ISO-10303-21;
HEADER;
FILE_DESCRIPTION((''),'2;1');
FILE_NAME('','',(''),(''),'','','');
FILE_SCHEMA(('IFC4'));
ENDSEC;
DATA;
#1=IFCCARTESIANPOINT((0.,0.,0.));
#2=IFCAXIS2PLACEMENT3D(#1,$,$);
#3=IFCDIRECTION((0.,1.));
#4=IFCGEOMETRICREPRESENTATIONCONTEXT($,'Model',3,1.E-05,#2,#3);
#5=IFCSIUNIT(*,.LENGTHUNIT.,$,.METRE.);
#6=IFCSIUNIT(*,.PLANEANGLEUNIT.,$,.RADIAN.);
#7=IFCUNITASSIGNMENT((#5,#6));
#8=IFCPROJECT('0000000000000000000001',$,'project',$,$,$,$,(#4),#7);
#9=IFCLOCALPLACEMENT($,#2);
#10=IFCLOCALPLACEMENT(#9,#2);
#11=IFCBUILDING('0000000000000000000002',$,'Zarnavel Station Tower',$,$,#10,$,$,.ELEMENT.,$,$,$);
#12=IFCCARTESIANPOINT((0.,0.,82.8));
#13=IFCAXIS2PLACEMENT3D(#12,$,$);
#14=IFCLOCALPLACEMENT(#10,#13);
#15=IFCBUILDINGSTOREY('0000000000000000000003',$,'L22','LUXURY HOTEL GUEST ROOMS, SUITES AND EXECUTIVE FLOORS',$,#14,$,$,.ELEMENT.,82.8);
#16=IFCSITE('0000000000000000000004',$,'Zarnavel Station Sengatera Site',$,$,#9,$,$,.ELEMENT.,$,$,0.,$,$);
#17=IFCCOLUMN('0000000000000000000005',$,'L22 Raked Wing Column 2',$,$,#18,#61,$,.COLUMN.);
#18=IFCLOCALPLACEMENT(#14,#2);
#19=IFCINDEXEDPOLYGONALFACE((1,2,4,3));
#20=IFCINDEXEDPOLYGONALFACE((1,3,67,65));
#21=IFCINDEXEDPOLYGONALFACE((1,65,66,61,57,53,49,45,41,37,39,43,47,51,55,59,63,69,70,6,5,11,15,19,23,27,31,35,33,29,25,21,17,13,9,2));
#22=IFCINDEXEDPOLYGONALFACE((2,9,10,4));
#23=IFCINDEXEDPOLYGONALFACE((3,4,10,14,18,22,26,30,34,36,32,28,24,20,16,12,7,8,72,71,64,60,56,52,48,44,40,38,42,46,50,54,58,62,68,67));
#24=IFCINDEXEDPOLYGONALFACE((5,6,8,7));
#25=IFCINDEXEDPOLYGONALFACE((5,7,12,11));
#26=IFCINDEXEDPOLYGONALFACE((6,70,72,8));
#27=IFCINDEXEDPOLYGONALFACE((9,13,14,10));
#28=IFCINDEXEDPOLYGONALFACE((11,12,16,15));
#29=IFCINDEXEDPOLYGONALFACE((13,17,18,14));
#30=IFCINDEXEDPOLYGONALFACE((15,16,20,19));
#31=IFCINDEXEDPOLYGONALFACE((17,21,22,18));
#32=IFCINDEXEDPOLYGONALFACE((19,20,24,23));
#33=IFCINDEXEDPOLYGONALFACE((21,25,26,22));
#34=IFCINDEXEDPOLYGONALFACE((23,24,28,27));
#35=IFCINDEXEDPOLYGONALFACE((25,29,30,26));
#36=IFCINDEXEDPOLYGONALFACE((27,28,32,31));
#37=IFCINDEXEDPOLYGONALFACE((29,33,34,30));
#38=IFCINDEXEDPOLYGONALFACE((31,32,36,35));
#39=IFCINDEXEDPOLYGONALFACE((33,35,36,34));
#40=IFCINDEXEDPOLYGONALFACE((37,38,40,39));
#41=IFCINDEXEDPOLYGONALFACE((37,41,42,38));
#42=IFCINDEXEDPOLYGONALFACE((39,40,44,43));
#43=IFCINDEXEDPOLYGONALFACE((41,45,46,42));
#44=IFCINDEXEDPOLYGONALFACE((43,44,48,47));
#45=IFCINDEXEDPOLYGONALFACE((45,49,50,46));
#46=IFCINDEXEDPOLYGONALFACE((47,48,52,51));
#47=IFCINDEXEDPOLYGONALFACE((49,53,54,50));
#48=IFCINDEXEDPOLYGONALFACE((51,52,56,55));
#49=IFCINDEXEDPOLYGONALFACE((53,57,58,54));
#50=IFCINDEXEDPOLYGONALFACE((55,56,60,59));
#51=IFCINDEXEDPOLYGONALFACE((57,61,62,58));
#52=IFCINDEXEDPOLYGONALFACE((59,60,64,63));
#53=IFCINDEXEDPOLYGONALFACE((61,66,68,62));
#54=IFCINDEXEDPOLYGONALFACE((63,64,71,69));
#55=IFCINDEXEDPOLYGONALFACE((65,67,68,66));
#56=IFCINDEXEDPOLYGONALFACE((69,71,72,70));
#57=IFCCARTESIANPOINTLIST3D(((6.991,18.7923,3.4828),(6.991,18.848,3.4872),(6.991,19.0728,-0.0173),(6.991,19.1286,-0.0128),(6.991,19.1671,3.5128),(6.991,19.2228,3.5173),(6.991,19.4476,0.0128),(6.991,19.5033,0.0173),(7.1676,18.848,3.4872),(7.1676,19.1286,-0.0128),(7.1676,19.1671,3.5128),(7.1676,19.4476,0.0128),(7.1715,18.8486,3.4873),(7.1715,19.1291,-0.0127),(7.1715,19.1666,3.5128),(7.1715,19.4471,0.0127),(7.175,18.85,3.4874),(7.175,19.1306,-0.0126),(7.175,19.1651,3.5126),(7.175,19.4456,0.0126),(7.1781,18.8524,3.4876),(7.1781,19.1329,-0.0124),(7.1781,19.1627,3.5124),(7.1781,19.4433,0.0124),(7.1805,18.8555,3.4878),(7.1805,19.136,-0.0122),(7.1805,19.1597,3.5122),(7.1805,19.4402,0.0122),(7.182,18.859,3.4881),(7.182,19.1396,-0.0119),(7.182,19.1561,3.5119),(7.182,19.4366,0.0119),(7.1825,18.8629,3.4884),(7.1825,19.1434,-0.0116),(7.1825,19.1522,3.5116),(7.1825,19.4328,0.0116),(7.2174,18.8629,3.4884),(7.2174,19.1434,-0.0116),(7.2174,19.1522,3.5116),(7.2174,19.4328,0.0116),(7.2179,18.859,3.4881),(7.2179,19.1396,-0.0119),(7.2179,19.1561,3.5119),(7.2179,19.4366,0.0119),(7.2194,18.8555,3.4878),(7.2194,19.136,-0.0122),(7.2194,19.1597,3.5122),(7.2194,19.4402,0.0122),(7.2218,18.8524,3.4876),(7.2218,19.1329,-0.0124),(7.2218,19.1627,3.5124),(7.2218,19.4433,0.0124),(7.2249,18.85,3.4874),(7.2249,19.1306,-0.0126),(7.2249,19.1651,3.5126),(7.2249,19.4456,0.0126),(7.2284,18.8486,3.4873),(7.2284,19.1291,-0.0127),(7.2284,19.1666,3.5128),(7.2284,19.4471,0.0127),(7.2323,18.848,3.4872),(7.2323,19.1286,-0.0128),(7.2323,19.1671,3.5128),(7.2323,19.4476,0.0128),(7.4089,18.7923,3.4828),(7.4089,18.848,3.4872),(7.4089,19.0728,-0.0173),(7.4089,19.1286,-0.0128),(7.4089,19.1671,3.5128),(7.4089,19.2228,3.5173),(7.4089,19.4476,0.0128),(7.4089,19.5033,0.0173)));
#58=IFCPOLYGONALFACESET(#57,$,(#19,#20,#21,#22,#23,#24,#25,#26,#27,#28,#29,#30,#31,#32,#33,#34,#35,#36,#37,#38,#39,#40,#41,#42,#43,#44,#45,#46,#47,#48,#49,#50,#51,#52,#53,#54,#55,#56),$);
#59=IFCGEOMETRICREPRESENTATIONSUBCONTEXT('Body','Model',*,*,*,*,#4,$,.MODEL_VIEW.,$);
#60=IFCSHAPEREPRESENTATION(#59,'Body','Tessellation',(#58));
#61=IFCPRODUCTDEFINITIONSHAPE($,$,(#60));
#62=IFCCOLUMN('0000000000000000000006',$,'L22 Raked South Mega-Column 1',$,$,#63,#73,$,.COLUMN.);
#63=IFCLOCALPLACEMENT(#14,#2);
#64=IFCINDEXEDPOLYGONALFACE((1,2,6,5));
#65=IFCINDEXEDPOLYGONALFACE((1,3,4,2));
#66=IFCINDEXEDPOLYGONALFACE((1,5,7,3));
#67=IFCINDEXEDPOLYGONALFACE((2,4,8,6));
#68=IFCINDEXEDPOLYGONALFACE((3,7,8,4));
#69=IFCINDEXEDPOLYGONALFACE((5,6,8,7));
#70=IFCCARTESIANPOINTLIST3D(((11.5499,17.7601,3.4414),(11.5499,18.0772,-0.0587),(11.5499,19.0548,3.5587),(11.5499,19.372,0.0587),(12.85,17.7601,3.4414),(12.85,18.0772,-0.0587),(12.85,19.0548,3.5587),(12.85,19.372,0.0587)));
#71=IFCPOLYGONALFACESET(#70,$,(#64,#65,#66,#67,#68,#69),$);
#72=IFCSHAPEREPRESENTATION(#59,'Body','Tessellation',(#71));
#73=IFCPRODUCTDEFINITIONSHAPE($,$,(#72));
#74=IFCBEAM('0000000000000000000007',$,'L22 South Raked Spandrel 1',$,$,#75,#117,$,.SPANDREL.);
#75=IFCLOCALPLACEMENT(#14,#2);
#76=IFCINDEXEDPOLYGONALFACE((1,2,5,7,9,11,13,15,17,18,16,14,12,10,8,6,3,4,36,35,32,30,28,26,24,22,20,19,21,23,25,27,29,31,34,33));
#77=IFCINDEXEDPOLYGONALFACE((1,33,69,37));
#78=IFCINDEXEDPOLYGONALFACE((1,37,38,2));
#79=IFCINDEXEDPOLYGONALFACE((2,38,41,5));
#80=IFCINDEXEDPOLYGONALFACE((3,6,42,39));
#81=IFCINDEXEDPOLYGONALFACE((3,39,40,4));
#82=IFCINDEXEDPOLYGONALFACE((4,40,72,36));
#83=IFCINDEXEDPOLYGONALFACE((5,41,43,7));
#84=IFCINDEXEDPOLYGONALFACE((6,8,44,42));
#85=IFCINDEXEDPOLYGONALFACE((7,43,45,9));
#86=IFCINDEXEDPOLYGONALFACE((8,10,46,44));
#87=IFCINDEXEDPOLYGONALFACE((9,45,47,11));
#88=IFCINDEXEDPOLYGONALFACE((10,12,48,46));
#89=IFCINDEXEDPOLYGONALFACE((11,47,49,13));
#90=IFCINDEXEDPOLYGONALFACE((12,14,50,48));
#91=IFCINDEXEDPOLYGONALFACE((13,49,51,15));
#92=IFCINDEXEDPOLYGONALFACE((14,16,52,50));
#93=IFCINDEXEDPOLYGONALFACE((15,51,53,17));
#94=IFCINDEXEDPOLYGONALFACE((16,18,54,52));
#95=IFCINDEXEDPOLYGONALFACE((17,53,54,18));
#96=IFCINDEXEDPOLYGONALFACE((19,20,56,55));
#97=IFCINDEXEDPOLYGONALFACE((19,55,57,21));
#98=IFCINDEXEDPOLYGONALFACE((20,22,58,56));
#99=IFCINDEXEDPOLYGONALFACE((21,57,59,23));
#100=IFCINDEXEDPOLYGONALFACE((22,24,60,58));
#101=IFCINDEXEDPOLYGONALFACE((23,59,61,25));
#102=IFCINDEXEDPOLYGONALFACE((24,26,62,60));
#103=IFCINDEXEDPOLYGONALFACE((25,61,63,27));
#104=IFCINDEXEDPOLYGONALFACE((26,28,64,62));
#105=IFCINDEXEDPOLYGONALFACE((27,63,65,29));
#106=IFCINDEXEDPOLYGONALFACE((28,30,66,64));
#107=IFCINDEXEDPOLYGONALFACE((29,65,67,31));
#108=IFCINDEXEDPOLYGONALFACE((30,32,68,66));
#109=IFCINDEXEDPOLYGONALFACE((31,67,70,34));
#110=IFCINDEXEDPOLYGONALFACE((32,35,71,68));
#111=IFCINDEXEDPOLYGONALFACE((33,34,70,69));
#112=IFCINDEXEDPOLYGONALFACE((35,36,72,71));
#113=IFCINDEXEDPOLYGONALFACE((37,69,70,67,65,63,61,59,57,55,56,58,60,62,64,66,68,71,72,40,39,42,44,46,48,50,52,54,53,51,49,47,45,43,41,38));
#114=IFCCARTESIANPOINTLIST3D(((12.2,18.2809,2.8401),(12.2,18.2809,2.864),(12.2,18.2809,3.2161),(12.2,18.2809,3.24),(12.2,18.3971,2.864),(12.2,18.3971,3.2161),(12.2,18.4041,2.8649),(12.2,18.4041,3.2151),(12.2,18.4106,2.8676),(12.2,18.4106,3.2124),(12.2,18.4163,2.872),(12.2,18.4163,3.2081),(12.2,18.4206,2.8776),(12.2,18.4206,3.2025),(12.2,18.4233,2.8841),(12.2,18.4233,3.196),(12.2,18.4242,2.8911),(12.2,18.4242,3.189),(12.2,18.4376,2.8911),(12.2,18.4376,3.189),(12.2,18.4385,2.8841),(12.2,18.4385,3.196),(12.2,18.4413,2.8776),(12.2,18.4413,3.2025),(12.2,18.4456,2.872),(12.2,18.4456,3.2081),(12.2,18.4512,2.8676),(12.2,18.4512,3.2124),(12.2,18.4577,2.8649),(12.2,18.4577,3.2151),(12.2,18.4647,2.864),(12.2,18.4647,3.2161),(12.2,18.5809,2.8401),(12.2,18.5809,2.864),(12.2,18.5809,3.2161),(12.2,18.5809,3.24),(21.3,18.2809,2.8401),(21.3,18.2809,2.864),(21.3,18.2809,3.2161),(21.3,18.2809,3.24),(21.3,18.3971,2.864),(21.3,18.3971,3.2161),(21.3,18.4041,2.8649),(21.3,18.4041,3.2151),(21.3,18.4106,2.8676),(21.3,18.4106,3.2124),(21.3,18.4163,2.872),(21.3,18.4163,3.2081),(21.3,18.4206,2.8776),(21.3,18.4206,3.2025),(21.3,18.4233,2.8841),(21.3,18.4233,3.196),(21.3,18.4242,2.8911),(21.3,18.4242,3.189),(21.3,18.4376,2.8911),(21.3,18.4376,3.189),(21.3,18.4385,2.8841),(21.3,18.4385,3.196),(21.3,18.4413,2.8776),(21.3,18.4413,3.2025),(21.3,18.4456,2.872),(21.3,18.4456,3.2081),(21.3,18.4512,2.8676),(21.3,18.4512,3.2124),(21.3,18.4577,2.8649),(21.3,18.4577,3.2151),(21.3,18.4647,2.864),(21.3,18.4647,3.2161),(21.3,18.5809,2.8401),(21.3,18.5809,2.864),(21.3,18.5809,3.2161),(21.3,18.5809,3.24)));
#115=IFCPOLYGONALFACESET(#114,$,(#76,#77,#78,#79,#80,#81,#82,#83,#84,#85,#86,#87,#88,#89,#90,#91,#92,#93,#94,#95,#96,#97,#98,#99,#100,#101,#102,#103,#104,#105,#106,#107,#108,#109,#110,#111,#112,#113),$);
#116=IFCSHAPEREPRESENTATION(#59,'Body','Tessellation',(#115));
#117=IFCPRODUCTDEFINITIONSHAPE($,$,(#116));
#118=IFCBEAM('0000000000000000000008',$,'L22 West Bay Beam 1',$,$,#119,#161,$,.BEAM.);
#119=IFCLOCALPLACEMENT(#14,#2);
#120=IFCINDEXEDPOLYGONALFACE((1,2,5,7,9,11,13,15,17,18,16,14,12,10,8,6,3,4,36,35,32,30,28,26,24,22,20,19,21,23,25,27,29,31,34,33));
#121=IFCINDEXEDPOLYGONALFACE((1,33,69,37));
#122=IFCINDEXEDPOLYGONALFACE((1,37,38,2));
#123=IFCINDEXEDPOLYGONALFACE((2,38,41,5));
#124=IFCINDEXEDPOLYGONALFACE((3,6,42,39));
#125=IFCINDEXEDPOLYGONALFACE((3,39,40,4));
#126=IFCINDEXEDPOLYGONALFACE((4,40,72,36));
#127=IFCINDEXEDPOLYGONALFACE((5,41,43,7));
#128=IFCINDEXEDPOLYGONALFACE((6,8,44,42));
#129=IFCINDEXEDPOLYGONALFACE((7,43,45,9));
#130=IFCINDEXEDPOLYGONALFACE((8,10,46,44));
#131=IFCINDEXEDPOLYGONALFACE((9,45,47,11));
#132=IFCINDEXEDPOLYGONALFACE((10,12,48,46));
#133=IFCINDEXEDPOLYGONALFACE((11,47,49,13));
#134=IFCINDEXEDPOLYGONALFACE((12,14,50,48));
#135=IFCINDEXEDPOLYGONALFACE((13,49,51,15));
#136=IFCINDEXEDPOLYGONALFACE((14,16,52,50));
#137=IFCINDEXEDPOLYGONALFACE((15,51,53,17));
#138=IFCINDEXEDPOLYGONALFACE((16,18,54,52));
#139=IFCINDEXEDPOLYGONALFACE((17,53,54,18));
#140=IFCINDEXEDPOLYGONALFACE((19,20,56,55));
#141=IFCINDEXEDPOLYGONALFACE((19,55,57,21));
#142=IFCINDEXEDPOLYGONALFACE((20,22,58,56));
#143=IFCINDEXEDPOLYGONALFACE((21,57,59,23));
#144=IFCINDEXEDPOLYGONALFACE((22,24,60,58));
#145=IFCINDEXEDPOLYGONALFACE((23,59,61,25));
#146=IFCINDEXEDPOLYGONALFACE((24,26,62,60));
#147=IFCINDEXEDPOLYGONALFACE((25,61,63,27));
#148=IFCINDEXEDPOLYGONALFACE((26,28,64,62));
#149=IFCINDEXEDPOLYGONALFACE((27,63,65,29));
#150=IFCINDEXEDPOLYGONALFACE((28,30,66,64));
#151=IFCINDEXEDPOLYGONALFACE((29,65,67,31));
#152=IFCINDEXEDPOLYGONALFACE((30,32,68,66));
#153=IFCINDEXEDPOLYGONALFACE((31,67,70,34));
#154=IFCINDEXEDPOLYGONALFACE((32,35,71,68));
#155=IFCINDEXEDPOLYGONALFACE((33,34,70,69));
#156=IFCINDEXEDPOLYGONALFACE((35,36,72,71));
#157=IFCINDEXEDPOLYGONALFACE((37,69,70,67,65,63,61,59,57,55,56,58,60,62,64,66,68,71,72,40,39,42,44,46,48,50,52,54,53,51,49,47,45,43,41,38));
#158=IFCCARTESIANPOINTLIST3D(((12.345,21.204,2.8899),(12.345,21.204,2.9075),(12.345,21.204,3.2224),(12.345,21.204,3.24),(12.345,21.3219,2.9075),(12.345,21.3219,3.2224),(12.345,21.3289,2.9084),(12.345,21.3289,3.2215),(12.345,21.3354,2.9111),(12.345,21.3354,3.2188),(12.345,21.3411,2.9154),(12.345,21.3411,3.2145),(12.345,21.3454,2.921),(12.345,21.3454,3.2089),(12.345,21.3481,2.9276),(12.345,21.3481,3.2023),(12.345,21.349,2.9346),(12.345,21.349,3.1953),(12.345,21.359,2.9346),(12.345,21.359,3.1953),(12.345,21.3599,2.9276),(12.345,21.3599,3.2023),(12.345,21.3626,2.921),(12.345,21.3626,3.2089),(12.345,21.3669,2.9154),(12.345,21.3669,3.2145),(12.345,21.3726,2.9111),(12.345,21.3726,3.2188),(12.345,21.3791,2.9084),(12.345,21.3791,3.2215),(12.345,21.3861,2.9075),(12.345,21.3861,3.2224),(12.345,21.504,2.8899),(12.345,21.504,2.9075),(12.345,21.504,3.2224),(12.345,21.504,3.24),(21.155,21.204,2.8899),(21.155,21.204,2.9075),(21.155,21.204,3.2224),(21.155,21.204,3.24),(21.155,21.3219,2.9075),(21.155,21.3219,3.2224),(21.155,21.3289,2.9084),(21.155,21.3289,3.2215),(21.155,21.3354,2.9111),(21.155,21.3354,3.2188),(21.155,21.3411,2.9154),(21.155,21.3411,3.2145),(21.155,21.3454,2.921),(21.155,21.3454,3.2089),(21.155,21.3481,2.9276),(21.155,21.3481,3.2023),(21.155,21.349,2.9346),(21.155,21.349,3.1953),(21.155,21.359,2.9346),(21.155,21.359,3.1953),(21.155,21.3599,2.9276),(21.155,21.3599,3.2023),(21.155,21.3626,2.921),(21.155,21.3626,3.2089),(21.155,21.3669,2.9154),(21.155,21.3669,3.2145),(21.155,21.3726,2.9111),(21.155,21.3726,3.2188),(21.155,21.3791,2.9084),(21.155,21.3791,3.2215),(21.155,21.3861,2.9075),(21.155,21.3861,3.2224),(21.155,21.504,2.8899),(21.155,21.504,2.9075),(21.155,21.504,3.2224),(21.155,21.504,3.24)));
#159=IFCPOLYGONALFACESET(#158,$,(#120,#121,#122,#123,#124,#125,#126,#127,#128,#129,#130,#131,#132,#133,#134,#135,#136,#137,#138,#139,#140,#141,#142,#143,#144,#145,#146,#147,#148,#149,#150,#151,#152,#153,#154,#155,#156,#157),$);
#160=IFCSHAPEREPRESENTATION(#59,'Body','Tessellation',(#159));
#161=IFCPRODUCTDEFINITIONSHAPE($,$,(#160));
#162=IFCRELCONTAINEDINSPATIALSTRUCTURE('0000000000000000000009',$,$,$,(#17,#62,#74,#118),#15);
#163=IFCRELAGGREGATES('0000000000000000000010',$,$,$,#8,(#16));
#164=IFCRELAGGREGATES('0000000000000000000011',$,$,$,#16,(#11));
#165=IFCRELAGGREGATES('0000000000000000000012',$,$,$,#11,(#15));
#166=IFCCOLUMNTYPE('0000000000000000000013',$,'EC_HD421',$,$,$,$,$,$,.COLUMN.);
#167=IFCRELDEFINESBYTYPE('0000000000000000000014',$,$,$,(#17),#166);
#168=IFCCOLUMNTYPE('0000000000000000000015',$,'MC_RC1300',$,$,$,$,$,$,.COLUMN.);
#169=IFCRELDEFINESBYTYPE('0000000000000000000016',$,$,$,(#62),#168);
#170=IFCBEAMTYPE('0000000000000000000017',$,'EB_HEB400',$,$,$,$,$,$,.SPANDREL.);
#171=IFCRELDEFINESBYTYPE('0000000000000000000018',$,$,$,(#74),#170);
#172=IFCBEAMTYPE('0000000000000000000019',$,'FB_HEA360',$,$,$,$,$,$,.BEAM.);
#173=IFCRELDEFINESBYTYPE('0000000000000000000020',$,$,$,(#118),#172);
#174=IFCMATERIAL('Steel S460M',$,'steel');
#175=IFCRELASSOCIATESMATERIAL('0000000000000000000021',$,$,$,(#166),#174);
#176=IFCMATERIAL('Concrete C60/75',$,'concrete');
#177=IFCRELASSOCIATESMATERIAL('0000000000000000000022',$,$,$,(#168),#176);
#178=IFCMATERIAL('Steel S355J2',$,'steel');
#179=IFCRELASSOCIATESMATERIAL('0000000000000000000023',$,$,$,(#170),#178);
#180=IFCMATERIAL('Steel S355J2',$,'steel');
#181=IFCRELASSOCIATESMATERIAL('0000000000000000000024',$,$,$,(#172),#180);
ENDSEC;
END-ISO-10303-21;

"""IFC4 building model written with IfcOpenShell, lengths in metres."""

from ifc_helpers import new_model, si_unit, direction, frame, origin, origin_2d, place, context, subcontext, project, spatial, rectangle, i_section, extrude, material, material_profile, profile_set, type_object, element, save


model = new_model("IFC4")

# Units and contexts
model_context = context("Model", 3, precision=1e-05, world=origin(), true_north=direction((0.0, 1.0)))
body_context = subcontext(model_context, "Body", "Model", "MODEL_VIEW")
ifc_project = project(units=[si_unit("LENGTHUNIT", "METRE"), si_unit("PLANEANGLEUNIT", "RADIAN")], contexts=[model_context])

# Site, building, storey
site_placement = place(None, origin())
site = spatial("IfcSite", under=ifc_project, at=site_placement, Name="Zarnavel Station Sengatera Site", CompositionType="ELEMENT", RefElevation=0.0)
building_placement = place(site_placement, origin())
building = spatial("IfcBuilding", under=site, at=building_placement, Name="Zarnavel Station Tower", CompositionType="ELEMENT")
storey_placement = place(building_placement, frame((0.0, 0.0, 82.8)))
storey = spatial("IfcBuildingStorey", under=building, at=storey_placement, Name="L22", Description="LUXURY HOTEL GUEST ROOMS, SUITES AND EXECUTIVE FLOORS", CompositionType="ELEMENT", Elevation=82.8)

# Columns
ifc_material_1 = material(Name="Steel S460M", Category="steel")
ifc_material_profile_1 = material_profile(ifc_material_1, i_section(OverallWidth=0.418, OverallDepth=0.4319, WebThickness=0.0349, FlangeThickness=0.0559, FilletRadius=0.0149, at=origin_2d()), Name="HD400x421")
ifc_profile_set_1 = profile_set([ifc_material_profile_1], Name="Steel S460M")
column_type_1 = type_object("IfcColumnType", Name="EC_HD421", PredefinedType="COLUMN", material=ifc_profile_set_1)
column_1_placement = place(storey_placement, frame((7.2, 19.2881, 0.0), z_axis=(0.0, -0.079892, 0.996804), x_axis=(1.0, 0.0, 0.0)))
element("IfcColumn", 1, at=column_1_placement, inside=storey, type_object=column_type_1, Name="L22 Raked Wing Column 2", PredefinedType="COLUMN", context=body_context, shape_type="SweptSolid", body=[
    extrude(i_section(OverallWidth=0.418, OverallDepth=0.4319, WebThickness=0.0349, FlangeThickness=0.0559, FilletRadius=0.0149, at=origin_2d()), origin(), (0.0, 0.0, 1.0), 3.5112),
])
ifc_material_2 = material(Name="Concrete C60/75", Category="concrete")
ifc_material_profile_2 = material_profile(ifc_material_2, rectangle(XDim=1.3, YDim=1.3, at=origin_2d()), Name="RC1300x1300")
ifc_profile_set_2 = profile_set([ifc_material_profile_2], Name="Concrete C60/75")
column_type_2 = type_object("IfcColumnType", Name="MC_RC1300", PredefinedType="COLUMN", material=ifc_profile_set_2)
column_2_placement = place(storey_placement, frame((12.2, 18.7246, 0.0), z_axis=(0.0, -0.090241, 0.99592), x_axis=(1.0, 0.0, 0.0)))
element("IfcColumn", 2, at=column_2_placement, inside=storey, type_object=column_type_2, Name="L22 Raked South Mega-Column 1", PredefinedType="COLUMN", context=body_context, shape_type="SweptSolid", body=[
    extrude(rectangle(XDim=1.3, YDim=1.3, at=origin_2d()), origin(), (0.0, 0.0, 1.0), 3.5144),
])

# Beams
ifc_material_3 = material(Name="Steel S355J2", Category="steel")
ifc_material_profile_3 = material_profile(ifc_material_3, i_section(OverallWidth=0.3, OverallDepth=0.3999, WebThickness=0.0134, FlangeThickness=0.0239, FilletRadius=0.0271, at=origin_2d()), Name="HEB400")
ifc_profile_set_3 = profile_set([ifc_material_profile_3], Name="Steel S355J2")
beam_type_1 = type_object("IfcBeamType", Name="EB_HEB400", PredefinedType="SPANDREL", material=ifc_profile_set_3)
beam_1_placement = place(storey_placement, frame((12.2, 18.4309, 3.04), z_axis=(1.0, 0.0, 0.0), x_axis=(0.0, 1.0, 0.0)))
element("IfcBeam", 3, at=beam_1_placement, inside=storey, type_object=beam_type_1, Name="L22 South Raked Spandrel 1", PredefinedType="SPANDREL", context=body_context, shape_type="SweptSolid", body=[
    extrude(i_section(OverallWidth=0.3, OverallDepth=0.3999, WebThickness=0.0134, FlangeThickness=0.0239, FilletRadius=0.0271, at=origin_2d()), origin(), (0.0, 0.0, 1.0), 9.1001),
])
ifc_material_4 = material(Name="Steel S355J2", Category="steel")
ifc_material_profile_4 = material_profile(ifc_material_4, i_section(OverallWidth=0.3, OverallDepth=0.3501, WebThickness=0.01, FlangeThickness=0.0176, FilletRadius=0.0271, at=origin_2d()), Name="HEA360")
ifc_profile_set_4 = profile_set([ifc_material_profile_4], Name="Steel S355J2")
beam_type_2 = type_object("IfcBeamType", Name="FB_HEA360", PredefinedType="BEAM", material=ifc_profile_set_4)
beam_2_placement = place(storey_placement, frame((12.345, 21.354, 3.0649), z_axis=(1.0, 0.0, 0.0), x_axis=(0.0, 1.0, 0.0)))
element("IfcBeam", 4, at=beam_2_placement, inside=storey, type_object=beam_type_2, Name="L22 West Bay Beam 1", PredefinedType="BEAM", context=body_context, shape_type="SweptSolid", body=[
    extrude(i_section(OverallWidth=0.3, OverallDepth=0.3501, WebThickness=0.01, FlangeThickness=0.0176, FilletRadius=0.0271, at=origin_2d()), origin(), (0.0, 0.0, 1.0), 8.8101),
])

save(model, "model.ifc")
